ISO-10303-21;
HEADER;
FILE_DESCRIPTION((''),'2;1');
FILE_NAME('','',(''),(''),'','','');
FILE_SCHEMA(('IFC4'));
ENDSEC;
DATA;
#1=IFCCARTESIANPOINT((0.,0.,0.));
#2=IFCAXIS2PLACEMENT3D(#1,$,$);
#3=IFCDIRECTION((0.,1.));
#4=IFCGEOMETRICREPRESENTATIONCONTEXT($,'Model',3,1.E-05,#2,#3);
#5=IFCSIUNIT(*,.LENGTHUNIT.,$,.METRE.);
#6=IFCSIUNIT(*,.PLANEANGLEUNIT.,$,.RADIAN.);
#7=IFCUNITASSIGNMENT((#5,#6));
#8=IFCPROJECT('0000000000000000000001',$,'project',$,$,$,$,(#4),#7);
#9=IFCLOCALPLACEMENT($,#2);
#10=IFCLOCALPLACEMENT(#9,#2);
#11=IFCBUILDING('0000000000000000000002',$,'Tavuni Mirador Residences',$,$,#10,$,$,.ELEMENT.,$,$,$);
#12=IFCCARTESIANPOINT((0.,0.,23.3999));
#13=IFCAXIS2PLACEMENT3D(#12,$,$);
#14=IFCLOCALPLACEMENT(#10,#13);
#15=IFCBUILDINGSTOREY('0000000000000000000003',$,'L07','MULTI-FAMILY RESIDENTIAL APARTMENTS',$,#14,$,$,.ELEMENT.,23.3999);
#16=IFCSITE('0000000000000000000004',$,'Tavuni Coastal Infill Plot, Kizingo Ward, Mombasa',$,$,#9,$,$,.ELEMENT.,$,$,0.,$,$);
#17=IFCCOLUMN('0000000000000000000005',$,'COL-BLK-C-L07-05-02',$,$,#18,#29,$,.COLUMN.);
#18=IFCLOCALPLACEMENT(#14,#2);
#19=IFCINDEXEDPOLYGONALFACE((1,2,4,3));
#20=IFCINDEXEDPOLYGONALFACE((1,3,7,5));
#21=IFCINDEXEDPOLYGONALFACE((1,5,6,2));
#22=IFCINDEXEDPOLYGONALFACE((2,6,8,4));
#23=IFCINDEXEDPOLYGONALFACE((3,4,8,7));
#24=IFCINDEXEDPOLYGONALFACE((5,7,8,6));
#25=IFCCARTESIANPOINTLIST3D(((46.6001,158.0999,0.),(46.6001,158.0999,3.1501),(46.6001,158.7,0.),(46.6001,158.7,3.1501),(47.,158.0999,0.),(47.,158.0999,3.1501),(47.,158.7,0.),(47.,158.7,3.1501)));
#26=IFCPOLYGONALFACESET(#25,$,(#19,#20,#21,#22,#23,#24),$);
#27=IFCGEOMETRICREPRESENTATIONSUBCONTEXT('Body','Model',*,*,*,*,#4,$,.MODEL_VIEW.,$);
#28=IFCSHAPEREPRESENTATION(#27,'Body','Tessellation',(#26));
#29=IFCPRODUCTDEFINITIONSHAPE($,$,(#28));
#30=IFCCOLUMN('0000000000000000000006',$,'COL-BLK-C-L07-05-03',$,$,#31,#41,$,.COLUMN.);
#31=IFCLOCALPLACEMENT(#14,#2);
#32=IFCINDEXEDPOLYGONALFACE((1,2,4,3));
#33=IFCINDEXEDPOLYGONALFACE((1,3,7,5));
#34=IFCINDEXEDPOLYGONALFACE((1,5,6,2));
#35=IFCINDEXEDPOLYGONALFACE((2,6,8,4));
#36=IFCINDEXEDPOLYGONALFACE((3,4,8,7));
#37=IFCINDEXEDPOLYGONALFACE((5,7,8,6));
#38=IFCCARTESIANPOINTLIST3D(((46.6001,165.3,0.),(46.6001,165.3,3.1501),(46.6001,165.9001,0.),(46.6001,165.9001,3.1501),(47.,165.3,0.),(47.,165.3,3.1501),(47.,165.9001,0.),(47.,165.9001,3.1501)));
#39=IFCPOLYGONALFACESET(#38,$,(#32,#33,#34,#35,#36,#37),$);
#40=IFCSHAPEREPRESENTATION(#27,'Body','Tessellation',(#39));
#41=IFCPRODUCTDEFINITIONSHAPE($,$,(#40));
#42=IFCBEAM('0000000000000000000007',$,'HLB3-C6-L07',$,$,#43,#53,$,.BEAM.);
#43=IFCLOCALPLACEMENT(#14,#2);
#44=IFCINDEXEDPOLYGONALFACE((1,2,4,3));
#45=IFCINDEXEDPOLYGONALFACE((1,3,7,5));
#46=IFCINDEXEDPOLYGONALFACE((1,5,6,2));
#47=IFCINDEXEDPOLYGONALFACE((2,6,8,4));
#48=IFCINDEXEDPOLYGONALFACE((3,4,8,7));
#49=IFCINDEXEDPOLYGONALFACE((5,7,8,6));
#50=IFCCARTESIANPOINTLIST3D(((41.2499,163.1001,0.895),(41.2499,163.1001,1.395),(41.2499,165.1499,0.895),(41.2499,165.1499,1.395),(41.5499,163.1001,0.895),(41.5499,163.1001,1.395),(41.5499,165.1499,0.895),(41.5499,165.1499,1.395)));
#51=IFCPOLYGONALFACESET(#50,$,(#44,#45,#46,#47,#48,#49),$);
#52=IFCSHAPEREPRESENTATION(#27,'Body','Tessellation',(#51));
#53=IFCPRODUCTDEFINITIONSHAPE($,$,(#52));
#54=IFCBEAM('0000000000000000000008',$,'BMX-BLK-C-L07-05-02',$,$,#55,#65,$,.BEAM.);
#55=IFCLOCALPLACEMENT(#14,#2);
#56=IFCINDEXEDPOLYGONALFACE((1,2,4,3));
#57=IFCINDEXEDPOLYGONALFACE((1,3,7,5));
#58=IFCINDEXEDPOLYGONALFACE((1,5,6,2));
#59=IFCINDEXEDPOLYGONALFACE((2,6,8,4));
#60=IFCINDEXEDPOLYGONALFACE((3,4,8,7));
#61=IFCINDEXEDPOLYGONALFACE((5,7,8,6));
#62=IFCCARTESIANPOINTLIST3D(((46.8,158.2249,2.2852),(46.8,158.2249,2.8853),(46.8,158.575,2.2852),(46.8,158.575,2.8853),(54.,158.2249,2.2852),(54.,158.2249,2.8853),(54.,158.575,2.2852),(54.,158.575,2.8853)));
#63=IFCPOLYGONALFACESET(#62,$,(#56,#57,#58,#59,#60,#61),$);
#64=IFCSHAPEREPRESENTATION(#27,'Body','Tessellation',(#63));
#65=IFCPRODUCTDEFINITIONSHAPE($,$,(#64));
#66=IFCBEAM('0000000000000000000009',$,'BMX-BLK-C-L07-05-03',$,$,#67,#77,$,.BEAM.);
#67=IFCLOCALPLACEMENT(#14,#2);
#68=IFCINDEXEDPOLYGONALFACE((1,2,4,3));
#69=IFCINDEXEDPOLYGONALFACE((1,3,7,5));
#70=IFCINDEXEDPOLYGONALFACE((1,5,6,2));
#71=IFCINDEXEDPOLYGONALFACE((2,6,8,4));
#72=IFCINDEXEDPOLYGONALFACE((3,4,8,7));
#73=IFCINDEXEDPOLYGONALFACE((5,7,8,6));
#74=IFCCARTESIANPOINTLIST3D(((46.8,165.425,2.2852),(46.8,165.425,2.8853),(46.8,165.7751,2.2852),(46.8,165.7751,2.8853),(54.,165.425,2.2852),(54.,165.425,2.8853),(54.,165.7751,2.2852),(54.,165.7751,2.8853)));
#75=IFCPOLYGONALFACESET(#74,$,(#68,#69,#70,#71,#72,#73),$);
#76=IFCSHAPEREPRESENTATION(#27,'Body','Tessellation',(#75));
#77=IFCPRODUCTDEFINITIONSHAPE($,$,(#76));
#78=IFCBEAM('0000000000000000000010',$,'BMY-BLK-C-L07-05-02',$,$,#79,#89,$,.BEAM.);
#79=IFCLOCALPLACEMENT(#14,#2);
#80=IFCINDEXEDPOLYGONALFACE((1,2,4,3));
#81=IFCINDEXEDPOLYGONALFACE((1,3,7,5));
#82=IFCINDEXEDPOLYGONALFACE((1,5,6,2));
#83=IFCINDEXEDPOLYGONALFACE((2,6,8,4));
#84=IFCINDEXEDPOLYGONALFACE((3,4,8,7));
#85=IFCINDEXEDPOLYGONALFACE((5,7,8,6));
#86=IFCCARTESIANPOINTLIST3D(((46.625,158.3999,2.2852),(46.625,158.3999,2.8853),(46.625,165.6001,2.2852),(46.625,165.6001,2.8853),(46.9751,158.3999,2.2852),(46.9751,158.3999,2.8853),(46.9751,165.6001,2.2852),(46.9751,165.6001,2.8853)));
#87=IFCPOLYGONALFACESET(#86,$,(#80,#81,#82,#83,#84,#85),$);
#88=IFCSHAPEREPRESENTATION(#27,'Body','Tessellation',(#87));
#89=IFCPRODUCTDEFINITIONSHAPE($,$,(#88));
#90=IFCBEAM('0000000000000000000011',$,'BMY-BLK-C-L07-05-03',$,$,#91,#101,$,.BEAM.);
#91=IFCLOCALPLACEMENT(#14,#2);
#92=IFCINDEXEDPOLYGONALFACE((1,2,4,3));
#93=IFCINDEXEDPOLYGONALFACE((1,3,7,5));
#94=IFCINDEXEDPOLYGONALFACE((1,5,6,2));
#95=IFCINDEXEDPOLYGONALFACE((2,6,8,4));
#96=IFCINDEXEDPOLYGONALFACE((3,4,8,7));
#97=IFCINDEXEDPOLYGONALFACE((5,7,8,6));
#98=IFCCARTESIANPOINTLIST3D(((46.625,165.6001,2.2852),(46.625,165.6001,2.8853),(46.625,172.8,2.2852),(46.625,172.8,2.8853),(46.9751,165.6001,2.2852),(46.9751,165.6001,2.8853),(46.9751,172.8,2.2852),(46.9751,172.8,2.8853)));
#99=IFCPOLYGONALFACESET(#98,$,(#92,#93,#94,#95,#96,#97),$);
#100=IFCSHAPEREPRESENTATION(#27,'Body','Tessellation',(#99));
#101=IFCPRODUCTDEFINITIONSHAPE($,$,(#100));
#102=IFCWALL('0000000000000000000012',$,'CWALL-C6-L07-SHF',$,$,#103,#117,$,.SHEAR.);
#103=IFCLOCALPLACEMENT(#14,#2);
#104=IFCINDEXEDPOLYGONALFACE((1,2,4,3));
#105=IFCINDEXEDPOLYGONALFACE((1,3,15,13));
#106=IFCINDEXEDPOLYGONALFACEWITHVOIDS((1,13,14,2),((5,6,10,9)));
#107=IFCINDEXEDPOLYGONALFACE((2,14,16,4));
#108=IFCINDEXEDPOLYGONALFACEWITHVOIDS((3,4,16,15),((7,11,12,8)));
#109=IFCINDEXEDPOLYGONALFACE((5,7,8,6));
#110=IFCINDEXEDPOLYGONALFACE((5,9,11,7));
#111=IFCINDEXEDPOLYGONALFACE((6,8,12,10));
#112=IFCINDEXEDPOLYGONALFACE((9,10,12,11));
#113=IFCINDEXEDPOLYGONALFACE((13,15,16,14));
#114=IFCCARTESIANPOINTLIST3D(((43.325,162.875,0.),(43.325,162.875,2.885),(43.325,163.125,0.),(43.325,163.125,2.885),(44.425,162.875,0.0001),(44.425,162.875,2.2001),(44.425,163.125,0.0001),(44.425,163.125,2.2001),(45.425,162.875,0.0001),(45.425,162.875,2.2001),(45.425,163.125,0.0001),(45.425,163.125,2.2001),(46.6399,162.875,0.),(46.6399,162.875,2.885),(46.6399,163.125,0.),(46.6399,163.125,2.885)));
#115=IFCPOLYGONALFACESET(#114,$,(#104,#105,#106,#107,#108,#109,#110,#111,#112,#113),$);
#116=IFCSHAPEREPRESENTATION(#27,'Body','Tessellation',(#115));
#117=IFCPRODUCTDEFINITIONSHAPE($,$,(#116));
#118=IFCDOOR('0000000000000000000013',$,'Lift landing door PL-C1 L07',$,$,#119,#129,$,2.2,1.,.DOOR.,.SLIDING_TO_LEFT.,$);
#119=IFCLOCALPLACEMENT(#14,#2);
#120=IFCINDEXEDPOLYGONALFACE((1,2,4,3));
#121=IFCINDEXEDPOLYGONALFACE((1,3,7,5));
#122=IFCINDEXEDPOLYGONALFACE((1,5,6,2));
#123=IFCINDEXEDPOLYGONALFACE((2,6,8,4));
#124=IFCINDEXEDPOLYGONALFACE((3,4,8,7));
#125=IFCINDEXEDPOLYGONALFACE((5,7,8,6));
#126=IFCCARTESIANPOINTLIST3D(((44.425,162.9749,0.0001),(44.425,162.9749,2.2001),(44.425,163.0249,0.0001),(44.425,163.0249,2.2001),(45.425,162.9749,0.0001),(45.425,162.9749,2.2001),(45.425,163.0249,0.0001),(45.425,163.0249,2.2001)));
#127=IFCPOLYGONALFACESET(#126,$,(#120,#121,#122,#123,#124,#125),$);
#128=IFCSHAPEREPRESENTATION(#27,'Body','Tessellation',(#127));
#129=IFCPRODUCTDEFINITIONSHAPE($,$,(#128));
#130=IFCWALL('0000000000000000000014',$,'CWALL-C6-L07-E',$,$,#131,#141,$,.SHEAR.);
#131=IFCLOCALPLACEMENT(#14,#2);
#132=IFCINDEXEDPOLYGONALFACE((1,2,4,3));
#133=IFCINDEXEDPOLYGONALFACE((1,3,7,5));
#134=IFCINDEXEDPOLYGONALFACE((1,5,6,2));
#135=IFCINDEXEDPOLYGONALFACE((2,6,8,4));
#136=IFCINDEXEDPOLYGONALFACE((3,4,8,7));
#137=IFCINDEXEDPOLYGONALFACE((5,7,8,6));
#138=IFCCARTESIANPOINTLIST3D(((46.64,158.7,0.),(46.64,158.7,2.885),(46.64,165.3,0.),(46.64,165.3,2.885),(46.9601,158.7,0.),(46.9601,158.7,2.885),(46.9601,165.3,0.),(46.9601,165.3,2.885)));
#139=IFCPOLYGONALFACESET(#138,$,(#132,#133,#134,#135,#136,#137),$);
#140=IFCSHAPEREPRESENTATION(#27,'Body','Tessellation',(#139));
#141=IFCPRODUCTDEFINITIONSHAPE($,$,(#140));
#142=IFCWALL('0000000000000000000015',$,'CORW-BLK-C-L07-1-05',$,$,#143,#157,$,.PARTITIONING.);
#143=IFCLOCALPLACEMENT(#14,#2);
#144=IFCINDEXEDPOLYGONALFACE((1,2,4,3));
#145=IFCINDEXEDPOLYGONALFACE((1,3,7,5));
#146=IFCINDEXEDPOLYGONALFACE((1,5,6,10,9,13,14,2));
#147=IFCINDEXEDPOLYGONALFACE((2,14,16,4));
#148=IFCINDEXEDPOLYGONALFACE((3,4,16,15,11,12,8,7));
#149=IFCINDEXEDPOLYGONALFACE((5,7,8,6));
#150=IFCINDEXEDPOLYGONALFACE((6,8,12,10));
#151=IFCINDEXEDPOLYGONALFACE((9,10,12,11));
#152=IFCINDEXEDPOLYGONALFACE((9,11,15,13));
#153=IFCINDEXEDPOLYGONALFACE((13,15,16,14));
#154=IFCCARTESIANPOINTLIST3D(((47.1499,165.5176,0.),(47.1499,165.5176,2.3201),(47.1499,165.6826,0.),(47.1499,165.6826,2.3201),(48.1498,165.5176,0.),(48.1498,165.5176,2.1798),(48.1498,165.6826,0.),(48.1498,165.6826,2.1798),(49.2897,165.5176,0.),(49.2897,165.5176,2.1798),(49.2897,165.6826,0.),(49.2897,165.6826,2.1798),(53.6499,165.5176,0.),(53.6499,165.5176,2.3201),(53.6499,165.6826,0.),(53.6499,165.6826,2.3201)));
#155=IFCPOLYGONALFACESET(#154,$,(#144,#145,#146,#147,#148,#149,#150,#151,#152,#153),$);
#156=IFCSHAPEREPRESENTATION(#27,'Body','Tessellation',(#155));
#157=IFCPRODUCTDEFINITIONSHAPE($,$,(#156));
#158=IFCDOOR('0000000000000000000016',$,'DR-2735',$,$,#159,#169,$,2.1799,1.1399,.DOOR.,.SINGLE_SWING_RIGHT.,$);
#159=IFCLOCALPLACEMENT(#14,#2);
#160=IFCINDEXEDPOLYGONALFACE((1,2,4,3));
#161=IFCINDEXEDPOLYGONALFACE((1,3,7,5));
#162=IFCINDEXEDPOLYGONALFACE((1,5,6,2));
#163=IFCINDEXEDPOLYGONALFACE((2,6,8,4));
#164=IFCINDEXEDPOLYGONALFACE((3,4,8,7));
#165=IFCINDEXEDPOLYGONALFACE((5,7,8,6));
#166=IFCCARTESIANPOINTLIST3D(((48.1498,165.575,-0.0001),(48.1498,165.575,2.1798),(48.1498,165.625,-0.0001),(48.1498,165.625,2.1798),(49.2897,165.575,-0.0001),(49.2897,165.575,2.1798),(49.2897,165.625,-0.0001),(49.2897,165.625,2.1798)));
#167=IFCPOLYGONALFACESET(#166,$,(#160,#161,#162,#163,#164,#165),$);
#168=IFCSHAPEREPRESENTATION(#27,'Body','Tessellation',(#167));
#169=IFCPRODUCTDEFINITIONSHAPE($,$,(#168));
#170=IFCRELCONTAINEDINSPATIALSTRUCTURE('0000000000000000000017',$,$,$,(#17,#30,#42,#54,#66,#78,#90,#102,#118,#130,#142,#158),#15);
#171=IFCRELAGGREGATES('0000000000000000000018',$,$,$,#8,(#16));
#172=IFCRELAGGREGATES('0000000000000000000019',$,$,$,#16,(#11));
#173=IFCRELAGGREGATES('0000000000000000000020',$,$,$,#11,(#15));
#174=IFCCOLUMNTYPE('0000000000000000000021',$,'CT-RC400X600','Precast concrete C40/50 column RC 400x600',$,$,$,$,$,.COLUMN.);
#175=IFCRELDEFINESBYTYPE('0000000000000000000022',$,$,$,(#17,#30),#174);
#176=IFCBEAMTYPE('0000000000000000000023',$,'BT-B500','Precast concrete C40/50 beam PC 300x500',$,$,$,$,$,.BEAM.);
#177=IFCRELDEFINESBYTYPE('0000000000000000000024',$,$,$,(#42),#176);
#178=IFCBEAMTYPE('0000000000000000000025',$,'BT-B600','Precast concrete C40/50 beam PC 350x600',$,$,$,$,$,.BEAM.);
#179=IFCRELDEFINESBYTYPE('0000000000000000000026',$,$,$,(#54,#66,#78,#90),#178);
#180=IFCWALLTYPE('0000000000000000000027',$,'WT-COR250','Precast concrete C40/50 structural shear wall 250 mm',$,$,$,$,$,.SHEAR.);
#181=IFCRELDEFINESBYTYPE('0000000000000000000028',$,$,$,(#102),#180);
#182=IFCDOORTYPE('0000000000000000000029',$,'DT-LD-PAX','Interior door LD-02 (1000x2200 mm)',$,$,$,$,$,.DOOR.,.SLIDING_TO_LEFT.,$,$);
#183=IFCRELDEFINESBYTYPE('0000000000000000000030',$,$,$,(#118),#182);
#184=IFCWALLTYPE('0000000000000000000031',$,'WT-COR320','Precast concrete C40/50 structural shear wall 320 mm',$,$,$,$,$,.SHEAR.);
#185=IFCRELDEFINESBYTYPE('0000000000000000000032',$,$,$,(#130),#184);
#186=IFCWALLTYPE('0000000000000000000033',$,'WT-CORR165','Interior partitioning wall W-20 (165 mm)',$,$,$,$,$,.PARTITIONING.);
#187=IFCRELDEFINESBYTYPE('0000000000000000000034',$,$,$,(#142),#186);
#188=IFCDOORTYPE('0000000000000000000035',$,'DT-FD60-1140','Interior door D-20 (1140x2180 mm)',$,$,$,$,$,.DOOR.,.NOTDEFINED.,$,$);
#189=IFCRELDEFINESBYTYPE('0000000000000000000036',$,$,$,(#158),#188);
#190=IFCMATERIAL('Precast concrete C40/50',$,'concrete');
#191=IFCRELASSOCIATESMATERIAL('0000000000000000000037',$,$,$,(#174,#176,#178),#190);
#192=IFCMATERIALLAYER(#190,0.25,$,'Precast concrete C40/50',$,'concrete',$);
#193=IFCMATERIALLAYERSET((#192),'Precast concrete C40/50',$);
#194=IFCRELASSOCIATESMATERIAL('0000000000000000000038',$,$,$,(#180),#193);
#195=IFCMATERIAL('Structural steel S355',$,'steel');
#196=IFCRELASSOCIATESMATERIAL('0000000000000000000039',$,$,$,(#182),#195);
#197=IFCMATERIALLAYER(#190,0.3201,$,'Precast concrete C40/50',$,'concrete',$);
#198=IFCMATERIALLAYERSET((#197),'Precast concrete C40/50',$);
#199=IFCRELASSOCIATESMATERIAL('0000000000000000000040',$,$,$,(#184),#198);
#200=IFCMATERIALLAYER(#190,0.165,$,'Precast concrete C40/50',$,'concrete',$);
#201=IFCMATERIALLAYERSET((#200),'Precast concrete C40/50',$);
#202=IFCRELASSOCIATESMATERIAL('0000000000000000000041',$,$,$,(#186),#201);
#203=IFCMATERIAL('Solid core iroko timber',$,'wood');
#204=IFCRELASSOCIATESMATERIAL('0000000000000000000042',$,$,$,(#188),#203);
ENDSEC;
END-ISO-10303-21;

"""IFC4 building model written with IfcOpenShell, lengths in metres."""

from ifc_helpers import new_model, si_unit, direction, frame, frame_2d, origin, origin_2d, place, context, subcontext, project, spatial, rectangle, extrude, material, layer, layer_set, material_profile, profile_set, type_object, element, fill, save


model = new_model("IFC4")

# Units and contexts
model_context = context("Model", 3, precision=1e-05, world=origin(), true_north=direction((0.0, 1.0)))
body_context = subcontext(model_context, "Body", "Model", "MODEL_VIEW")
ifc_project = project(units=[si_unit("LENGTHUNIT", "METRE"), si_unit("PLANEANGLEUNIT", "RADIAN")], contexts=[model_context])

# Site, building, storey
site_placement = place(None, origin())
site = spatial("IfcSite", under=ifc_project, at=site_placement, Name="Tavuni Coastal Infill Plot, Kizingo Ward, Mombasa", CompositionType="ELEMENT", RefElevation=0.0)
building_placement = place(site_placement, origin())
building = spatial("IfcBuilding", under=site, at=building_placement, Name="Tavuni Mirador Residences", CompositionType="ELEMENT")
storey_placement = place(building_placement, frame((0.0, 0.0, 23.3999)))
storey = spatial("IfcBuildingStorey", under=building, at=storey_placement, Name="L07", Description="MULTI-FAMILY RESIDENTIAL APARTMENTS", CompositionType="ELEMENT", Elevation=23.3999)

# Columns
ifc_material_1 = material(Name="Precast concrete C40/50", Category="concrete")
ifc_material_profile_1 = material_profile(ifc_material_1, rectangle(XDim=0.3999, YDim=0.6001, at=origin_2d()), Name="RC 400x600", Category="concrete")
ifc_profile_set_1 = profile_set([ifc_material_profile_1], Name="Precast concrete C40/50")
column_type = type_object("IfcColumnType", Name="CT-RC400X600", Description="Precast concrete C40/50 column RC 400x600", PredefinedType="COLUMN", material=ifc_profile_set_1)
for number, where, z_axis, x_axis, name in (
    (1, (46.8, 158.3999, 0.0), (0.0, 0.0, 1.0), (1.0, 0.0, 0.0), "COL-BLK-C-L07-05-02"),
    (2, (46.8, 165.6001, 0.0), (0.0, 0.0, 1.0), (1.0, 0.0, 0.0), "COL-BLK-C-L07-05-03"),
):
    element("IfcColumn", number, at=place(storey_placement, frame(where, z_axis=z_axis, x_axis=x_axis)), inside=storey, type_object=column_type, Name=name, PredefinedType="COLUMN", context=body_context, shape_type="SweptSolid", body=[
        extrude(rectangle(XDim=0.3999, YDim=0.6001, at=origin_2d()), origin(), (0.0, 0.0, 1.0), 3.1501),
    ])

# Beams
ifc_material_profile_2 = material_profile(ifc_material_1, rectangle(XDim=0.3, YDim=0.5, at=origin_2d()), Name="PC 300x500", Category="concrete")
ifc_profile_set_2 = profile_set([ifc_material_profile_2], Name="Precast concrete C40/50")
beam_type_1 = type_object("IfcBeamType", Name="BT-B500", Description="Precast concrete C40/50 beam PC 300x500", PredefinedType="BEAM", material=ifc_profile_set_2)
beam_1_placement = place(storey_placement, frame((41.3999, 163.1001, 1.145), z_axis=(0.0, 1.0, 0.0), x_axis=(-1.0, 0.0, 0.0)))
element("IfcBeam", 3, at=beam_1_placement, inside=storey, type_object=beam_type_1, Name="HLB3-C6-L07", PredefinedType="BEAM", context=body_context, shape_type="SweptSolid", body=[
    extrude(rectangle(XDim=0.3, YDim=0.5, at=origin_2d()), origin(), (0.0, 0.0, 1.0), 2.0498),
])
ifc_material_profile_3 = material_profile(ifc_material_1, rectangle(XDim=0.3501, YDim=0.6001, at=origin_2d()), Name="PC 350x600", Category="concrete")
ifc_profile_set_3 = profile_set([ifc_material_profile_3], Name="Precast concrete C40/50")
beam_type_2 = type_object("IfcBeamType", Name="BT-B600", Description="Precast concrete C40/50 beam PC 350x600", PredefinedType="BEAM", material=ifc_profile_set_3)
for number, where, z_axis, x_axis, name in (
    (4, (46.8, 158.3999, 2.5852), (1.0, 0.0, 0.0), (0.0, 1.0, 0.0), "BMX-BLK-C-L07-05-02"),
    (5, (46.8, 165.6001, 2.5852), (1.0, 0.0, 0.0), (0.0, 1.0, 0.0), "BMX-BLK-C-L07-05-03"),
):
    element("IfcBeam", number, at=place(storey_placement, frame(where, z_axis=z_axis, x_axis=x_axis)), inside=storey, type_object=beam_type_2, Name=name, PredefinedType="BEAM", context=body_context, shape_type="SweptSolid", body=[
        extrude(rectangle(XDim=0.3501, YDim=0.6001, at=origin_2d()), origin(), (0.0, 0.0, 1.0), 7.2),
    ])
beam_2_placement = place(storey_placement, frame((46.8, 158.3999, 2.5852), z_axis=(0.0, 1.0, 0.0), x_axis=(-1.0, 0.0, 0.0)))
element("IfcBeam", 6, at=beam_2_placement, inside=storey, type_object=beam_type_2, Name="BMY-BLK-C-L07-05-02", PredefinedType="BEAM", context=body_context, shape_type="SweptSolid", body=[
    extrude(rectangle(XDim=0.3501, YDim=0.6001, at=origin_2d()), origin(), (0.0, 0.0, 1.0), 7.2002),
])
beam_3_placement = place(storey_placement, frame((46.8, 165.6001, 2.5852), z_axis=(0.0, 1.0, 0.0), x_axis=(-1.0, 0.0, 0.0)))
element("IfcBeam", 7, at=beam_3_placement, inside=storey, type_object=beam_type_2, Name="BMY-BLK-C-L07-05-03", PredefinedType="BEAM", context=body_context, shape_type="SweptSolid", body=[
    extrude(rectangle(XDim=0.3501, YDim=0.6001, at=origin_2d()), origin(), (0.0, 0.0, 1.0), 7.2),
])

# Wall, opening, door
ifc_layer_1 = layer(ifc_material_1, 0.25, Name="Precast concrete C40/50", Category="concrete")
ifc_layer_set_1 = layer_set([ifc_layer_1], Name="Precast concrete C40/50")
wall_type_1 = type_object("IfcWallType", Name="WT-COR250", Description="Precast concrete C40/50 structural shear wall 250 mm", PredefinedType="SHEAR", material=ifc_layer_set_1)
ifc_material_2 = material(Name="Solid core iroko timber", Category="wood")
wall_1_placement = place(storey_placement, frame((43.325, 163.0, 0.0), z_axis=(0.0, 0.0, 1.0), x_axis=(1.0, 0.0, 0.0)))
wall_1 = element("IfcWall", 8, at=wall_1_placement, inside=storey, type_object=wall_type_1, Name="CWALL-C6-L07-SHF", PredefinedType="SHEAR", context=body_context, shape_type="SweptSolid", body=[
    extrude(rectangle(XDim=3.3149, YDim=0.25, at=frame_2d((1.6575, 0.0))), origin(), (0.0, 0.0, 1.0), 2.885),
])
opening_1_placement = place(wall_1_placement, frame((1.1001, 0.0, 0.0)))
opening_1 = element("IfcOpeningElement", 9, at=opening_1_placement, cuts=wall_1, PredefinedType="OPENING", context=body_context, shape_type="SweptSolid", body=[
    extrude(rectangle(XDim=1.0, YDim=2.2, at=frame_2d((0.5, 1.1001))), frame((0.0, 0.135, 0.0), z_axis=(0.0, -1.0, 0.0), x_axis=(1.0, 0.0, 0.0)), (0.0, 0.0, 1.0), 0.27),
])
ifc_material_3 = material(Name="Structural steel S355", Category="steel")
door_type_1 = type_object("IfcDoorType", Name="DT-LD-PAX", Description="Interior door LD-02 (1000x2200 mm)", OperationType="SLIDING_TO_LEFT", PredefinedType="DOOR", material=ifc_material_3)
door_1_placement = place(opening_1_placement, origin())
door_1 = element("IfcDoor", 10, at=door_1_placement, inside=storey, type_object=door_type_1, Name="Lift landing door PL-C1 L07", OperationType="SLIDING_TO_LEFT", OverallHeight=2.2, OverallWidth=1.0, PredefinedType="DOOR", context=body_context, shape_type="SweptSolid", body=[
    extrude(rectangle(XDim=1.0, YDim=2.2, at=frame_2d((0.5, 1.1001))), frame((0.0, 0.0249, 0.0), z_axis=(0.0, -1.0, 0.0), x_axis=(1.0, 0.0, 0.0)), (0.0, 0.0, 1.0), 0.05),
])
fill(opening_1, door_1)

# Wall
ifc_layer_2 = layer(ifc_material_1, 0.3201, Name="Precast concrete C40/50", Category="concrete")
ifc_layer_set_2 = layer_set([ifc_layer_2], Name="Precast concrete C40/50")
wall_type_2 = type_object("IfcWallType", Name="WT-COR320", Description="Precast concrete C40/50 structural shear wall 320 mm", PredefinedType="SHEAR", material=ifc_layer_set_2)
wall_2_placement = place(storey_placement, frame((46.8, 158.7, 0.0), z_axis=(0.0, 0.0, 1.0), x_axis=(0.0, 1.0, 0.0)))
element("IfcWall", 11, at=wall_2_placement, inside=storey, type_object=wall_type_2, Name="CWALL-C6-L07-E", PredefinedType="SHEAR", context=body_context, shape_type="SweptSolid", body=[
    extrude(rectangle(XDim=6.6001, YDim=0.3201, at=frame_2d((3.3, 0.0))), origin(), (0.0, 0.0, 1.0), 2.885),
])

# Wall, opening, door
ifc_layer_3 = layer(ifc_material_1, 0.165, Name="Precast concrete C40/50", Category="concrete")
ifc_layer_set_3 = layer_set([ifc_layer_3], Name="Precast concrete C40/50")
wall_type_3 = type_object("IfcWallType", Name="WT-CORR165", Description="Interior partitioning wall W-20 (165 mm)", PredefinedType="PARTITIONING", material=ifc_layer_set_3)
wall_3_placement = place(storey_placement, frame((47.1499, 165.6001, 0.0), z_axis=(0.0, 0.0, 1.0), x_axis=(1.0, 0.0, 0.0)))
wall_3 = element("IfcWall", 12, at=wall_3_placement, inside=storey, type_object=wall_type_3, Name="CORW-BLK-C-L07-1-05", PredefinedType="PARTITIONING", context=body_context, shape_type="SweptSolid", body=[
    extrude(rectangle(XDim=6.5, YDim=0.165, at=frame_2d((3.25, 0.0))), origin(), (0.0, 0.0, 1.0), 2.3201),
])
opening_2_placement = place(wall_3_placement, frame((1.0, 0.0, 0.0)))
opening_2 = element("IfcOpeningElement", 13, at=opening_2_placement, cuts=wall_3, PredefinedType="OPENING", context=body_context, shape_type="SweptSolid", body=[
    extrude(rectangle(XDim=1.1399, YDim=2.1799, at=frame_2d((0.5698, 1.0898))), frame((0.0, 0.0925, 0.0), z_axis=(0.0, -1.0, 0.0), x_axis=(1.0, 0.0, 0.0)), (0.0, 0.0, 1.0), 0.1851),
])
door_type_2 = type_object("IfcDoorType", Name="DT-FD60-1140", Description="Interior door D-20 (1140x2180 mm)", OperationType="NOTDEFINED", PredefinedType="DOOR", material=ifc_material_2)
door_2_placement = place(opening_2_placement, origin())
door_2 = element("IfcDoor", 14, at=door_2_placement, inside=storey, type_object=door_type_2, Name="DR-2735", OperationType="SINGLE_SWING_RIGHT", OverallHeight=2.1799, OverallWidth=1.1399, PredefinedType="DOOR", context=body_context, shape_type="SweptSolid", body=[
    extrude(rectangle(XDim=1.1399, YDim=2.1799, at=frame_2d((0.5698, 1.0898))), frame((0.0, 0.0249, 0.0), z_axis=(0.0, -1.0, 0.0), x_axis=(1.0, 0.0, 0.0)), (0.0, 0.0, 1.0), 0.05),
])
fill(opening_2, door_2)

save(model, "model.ifc")
